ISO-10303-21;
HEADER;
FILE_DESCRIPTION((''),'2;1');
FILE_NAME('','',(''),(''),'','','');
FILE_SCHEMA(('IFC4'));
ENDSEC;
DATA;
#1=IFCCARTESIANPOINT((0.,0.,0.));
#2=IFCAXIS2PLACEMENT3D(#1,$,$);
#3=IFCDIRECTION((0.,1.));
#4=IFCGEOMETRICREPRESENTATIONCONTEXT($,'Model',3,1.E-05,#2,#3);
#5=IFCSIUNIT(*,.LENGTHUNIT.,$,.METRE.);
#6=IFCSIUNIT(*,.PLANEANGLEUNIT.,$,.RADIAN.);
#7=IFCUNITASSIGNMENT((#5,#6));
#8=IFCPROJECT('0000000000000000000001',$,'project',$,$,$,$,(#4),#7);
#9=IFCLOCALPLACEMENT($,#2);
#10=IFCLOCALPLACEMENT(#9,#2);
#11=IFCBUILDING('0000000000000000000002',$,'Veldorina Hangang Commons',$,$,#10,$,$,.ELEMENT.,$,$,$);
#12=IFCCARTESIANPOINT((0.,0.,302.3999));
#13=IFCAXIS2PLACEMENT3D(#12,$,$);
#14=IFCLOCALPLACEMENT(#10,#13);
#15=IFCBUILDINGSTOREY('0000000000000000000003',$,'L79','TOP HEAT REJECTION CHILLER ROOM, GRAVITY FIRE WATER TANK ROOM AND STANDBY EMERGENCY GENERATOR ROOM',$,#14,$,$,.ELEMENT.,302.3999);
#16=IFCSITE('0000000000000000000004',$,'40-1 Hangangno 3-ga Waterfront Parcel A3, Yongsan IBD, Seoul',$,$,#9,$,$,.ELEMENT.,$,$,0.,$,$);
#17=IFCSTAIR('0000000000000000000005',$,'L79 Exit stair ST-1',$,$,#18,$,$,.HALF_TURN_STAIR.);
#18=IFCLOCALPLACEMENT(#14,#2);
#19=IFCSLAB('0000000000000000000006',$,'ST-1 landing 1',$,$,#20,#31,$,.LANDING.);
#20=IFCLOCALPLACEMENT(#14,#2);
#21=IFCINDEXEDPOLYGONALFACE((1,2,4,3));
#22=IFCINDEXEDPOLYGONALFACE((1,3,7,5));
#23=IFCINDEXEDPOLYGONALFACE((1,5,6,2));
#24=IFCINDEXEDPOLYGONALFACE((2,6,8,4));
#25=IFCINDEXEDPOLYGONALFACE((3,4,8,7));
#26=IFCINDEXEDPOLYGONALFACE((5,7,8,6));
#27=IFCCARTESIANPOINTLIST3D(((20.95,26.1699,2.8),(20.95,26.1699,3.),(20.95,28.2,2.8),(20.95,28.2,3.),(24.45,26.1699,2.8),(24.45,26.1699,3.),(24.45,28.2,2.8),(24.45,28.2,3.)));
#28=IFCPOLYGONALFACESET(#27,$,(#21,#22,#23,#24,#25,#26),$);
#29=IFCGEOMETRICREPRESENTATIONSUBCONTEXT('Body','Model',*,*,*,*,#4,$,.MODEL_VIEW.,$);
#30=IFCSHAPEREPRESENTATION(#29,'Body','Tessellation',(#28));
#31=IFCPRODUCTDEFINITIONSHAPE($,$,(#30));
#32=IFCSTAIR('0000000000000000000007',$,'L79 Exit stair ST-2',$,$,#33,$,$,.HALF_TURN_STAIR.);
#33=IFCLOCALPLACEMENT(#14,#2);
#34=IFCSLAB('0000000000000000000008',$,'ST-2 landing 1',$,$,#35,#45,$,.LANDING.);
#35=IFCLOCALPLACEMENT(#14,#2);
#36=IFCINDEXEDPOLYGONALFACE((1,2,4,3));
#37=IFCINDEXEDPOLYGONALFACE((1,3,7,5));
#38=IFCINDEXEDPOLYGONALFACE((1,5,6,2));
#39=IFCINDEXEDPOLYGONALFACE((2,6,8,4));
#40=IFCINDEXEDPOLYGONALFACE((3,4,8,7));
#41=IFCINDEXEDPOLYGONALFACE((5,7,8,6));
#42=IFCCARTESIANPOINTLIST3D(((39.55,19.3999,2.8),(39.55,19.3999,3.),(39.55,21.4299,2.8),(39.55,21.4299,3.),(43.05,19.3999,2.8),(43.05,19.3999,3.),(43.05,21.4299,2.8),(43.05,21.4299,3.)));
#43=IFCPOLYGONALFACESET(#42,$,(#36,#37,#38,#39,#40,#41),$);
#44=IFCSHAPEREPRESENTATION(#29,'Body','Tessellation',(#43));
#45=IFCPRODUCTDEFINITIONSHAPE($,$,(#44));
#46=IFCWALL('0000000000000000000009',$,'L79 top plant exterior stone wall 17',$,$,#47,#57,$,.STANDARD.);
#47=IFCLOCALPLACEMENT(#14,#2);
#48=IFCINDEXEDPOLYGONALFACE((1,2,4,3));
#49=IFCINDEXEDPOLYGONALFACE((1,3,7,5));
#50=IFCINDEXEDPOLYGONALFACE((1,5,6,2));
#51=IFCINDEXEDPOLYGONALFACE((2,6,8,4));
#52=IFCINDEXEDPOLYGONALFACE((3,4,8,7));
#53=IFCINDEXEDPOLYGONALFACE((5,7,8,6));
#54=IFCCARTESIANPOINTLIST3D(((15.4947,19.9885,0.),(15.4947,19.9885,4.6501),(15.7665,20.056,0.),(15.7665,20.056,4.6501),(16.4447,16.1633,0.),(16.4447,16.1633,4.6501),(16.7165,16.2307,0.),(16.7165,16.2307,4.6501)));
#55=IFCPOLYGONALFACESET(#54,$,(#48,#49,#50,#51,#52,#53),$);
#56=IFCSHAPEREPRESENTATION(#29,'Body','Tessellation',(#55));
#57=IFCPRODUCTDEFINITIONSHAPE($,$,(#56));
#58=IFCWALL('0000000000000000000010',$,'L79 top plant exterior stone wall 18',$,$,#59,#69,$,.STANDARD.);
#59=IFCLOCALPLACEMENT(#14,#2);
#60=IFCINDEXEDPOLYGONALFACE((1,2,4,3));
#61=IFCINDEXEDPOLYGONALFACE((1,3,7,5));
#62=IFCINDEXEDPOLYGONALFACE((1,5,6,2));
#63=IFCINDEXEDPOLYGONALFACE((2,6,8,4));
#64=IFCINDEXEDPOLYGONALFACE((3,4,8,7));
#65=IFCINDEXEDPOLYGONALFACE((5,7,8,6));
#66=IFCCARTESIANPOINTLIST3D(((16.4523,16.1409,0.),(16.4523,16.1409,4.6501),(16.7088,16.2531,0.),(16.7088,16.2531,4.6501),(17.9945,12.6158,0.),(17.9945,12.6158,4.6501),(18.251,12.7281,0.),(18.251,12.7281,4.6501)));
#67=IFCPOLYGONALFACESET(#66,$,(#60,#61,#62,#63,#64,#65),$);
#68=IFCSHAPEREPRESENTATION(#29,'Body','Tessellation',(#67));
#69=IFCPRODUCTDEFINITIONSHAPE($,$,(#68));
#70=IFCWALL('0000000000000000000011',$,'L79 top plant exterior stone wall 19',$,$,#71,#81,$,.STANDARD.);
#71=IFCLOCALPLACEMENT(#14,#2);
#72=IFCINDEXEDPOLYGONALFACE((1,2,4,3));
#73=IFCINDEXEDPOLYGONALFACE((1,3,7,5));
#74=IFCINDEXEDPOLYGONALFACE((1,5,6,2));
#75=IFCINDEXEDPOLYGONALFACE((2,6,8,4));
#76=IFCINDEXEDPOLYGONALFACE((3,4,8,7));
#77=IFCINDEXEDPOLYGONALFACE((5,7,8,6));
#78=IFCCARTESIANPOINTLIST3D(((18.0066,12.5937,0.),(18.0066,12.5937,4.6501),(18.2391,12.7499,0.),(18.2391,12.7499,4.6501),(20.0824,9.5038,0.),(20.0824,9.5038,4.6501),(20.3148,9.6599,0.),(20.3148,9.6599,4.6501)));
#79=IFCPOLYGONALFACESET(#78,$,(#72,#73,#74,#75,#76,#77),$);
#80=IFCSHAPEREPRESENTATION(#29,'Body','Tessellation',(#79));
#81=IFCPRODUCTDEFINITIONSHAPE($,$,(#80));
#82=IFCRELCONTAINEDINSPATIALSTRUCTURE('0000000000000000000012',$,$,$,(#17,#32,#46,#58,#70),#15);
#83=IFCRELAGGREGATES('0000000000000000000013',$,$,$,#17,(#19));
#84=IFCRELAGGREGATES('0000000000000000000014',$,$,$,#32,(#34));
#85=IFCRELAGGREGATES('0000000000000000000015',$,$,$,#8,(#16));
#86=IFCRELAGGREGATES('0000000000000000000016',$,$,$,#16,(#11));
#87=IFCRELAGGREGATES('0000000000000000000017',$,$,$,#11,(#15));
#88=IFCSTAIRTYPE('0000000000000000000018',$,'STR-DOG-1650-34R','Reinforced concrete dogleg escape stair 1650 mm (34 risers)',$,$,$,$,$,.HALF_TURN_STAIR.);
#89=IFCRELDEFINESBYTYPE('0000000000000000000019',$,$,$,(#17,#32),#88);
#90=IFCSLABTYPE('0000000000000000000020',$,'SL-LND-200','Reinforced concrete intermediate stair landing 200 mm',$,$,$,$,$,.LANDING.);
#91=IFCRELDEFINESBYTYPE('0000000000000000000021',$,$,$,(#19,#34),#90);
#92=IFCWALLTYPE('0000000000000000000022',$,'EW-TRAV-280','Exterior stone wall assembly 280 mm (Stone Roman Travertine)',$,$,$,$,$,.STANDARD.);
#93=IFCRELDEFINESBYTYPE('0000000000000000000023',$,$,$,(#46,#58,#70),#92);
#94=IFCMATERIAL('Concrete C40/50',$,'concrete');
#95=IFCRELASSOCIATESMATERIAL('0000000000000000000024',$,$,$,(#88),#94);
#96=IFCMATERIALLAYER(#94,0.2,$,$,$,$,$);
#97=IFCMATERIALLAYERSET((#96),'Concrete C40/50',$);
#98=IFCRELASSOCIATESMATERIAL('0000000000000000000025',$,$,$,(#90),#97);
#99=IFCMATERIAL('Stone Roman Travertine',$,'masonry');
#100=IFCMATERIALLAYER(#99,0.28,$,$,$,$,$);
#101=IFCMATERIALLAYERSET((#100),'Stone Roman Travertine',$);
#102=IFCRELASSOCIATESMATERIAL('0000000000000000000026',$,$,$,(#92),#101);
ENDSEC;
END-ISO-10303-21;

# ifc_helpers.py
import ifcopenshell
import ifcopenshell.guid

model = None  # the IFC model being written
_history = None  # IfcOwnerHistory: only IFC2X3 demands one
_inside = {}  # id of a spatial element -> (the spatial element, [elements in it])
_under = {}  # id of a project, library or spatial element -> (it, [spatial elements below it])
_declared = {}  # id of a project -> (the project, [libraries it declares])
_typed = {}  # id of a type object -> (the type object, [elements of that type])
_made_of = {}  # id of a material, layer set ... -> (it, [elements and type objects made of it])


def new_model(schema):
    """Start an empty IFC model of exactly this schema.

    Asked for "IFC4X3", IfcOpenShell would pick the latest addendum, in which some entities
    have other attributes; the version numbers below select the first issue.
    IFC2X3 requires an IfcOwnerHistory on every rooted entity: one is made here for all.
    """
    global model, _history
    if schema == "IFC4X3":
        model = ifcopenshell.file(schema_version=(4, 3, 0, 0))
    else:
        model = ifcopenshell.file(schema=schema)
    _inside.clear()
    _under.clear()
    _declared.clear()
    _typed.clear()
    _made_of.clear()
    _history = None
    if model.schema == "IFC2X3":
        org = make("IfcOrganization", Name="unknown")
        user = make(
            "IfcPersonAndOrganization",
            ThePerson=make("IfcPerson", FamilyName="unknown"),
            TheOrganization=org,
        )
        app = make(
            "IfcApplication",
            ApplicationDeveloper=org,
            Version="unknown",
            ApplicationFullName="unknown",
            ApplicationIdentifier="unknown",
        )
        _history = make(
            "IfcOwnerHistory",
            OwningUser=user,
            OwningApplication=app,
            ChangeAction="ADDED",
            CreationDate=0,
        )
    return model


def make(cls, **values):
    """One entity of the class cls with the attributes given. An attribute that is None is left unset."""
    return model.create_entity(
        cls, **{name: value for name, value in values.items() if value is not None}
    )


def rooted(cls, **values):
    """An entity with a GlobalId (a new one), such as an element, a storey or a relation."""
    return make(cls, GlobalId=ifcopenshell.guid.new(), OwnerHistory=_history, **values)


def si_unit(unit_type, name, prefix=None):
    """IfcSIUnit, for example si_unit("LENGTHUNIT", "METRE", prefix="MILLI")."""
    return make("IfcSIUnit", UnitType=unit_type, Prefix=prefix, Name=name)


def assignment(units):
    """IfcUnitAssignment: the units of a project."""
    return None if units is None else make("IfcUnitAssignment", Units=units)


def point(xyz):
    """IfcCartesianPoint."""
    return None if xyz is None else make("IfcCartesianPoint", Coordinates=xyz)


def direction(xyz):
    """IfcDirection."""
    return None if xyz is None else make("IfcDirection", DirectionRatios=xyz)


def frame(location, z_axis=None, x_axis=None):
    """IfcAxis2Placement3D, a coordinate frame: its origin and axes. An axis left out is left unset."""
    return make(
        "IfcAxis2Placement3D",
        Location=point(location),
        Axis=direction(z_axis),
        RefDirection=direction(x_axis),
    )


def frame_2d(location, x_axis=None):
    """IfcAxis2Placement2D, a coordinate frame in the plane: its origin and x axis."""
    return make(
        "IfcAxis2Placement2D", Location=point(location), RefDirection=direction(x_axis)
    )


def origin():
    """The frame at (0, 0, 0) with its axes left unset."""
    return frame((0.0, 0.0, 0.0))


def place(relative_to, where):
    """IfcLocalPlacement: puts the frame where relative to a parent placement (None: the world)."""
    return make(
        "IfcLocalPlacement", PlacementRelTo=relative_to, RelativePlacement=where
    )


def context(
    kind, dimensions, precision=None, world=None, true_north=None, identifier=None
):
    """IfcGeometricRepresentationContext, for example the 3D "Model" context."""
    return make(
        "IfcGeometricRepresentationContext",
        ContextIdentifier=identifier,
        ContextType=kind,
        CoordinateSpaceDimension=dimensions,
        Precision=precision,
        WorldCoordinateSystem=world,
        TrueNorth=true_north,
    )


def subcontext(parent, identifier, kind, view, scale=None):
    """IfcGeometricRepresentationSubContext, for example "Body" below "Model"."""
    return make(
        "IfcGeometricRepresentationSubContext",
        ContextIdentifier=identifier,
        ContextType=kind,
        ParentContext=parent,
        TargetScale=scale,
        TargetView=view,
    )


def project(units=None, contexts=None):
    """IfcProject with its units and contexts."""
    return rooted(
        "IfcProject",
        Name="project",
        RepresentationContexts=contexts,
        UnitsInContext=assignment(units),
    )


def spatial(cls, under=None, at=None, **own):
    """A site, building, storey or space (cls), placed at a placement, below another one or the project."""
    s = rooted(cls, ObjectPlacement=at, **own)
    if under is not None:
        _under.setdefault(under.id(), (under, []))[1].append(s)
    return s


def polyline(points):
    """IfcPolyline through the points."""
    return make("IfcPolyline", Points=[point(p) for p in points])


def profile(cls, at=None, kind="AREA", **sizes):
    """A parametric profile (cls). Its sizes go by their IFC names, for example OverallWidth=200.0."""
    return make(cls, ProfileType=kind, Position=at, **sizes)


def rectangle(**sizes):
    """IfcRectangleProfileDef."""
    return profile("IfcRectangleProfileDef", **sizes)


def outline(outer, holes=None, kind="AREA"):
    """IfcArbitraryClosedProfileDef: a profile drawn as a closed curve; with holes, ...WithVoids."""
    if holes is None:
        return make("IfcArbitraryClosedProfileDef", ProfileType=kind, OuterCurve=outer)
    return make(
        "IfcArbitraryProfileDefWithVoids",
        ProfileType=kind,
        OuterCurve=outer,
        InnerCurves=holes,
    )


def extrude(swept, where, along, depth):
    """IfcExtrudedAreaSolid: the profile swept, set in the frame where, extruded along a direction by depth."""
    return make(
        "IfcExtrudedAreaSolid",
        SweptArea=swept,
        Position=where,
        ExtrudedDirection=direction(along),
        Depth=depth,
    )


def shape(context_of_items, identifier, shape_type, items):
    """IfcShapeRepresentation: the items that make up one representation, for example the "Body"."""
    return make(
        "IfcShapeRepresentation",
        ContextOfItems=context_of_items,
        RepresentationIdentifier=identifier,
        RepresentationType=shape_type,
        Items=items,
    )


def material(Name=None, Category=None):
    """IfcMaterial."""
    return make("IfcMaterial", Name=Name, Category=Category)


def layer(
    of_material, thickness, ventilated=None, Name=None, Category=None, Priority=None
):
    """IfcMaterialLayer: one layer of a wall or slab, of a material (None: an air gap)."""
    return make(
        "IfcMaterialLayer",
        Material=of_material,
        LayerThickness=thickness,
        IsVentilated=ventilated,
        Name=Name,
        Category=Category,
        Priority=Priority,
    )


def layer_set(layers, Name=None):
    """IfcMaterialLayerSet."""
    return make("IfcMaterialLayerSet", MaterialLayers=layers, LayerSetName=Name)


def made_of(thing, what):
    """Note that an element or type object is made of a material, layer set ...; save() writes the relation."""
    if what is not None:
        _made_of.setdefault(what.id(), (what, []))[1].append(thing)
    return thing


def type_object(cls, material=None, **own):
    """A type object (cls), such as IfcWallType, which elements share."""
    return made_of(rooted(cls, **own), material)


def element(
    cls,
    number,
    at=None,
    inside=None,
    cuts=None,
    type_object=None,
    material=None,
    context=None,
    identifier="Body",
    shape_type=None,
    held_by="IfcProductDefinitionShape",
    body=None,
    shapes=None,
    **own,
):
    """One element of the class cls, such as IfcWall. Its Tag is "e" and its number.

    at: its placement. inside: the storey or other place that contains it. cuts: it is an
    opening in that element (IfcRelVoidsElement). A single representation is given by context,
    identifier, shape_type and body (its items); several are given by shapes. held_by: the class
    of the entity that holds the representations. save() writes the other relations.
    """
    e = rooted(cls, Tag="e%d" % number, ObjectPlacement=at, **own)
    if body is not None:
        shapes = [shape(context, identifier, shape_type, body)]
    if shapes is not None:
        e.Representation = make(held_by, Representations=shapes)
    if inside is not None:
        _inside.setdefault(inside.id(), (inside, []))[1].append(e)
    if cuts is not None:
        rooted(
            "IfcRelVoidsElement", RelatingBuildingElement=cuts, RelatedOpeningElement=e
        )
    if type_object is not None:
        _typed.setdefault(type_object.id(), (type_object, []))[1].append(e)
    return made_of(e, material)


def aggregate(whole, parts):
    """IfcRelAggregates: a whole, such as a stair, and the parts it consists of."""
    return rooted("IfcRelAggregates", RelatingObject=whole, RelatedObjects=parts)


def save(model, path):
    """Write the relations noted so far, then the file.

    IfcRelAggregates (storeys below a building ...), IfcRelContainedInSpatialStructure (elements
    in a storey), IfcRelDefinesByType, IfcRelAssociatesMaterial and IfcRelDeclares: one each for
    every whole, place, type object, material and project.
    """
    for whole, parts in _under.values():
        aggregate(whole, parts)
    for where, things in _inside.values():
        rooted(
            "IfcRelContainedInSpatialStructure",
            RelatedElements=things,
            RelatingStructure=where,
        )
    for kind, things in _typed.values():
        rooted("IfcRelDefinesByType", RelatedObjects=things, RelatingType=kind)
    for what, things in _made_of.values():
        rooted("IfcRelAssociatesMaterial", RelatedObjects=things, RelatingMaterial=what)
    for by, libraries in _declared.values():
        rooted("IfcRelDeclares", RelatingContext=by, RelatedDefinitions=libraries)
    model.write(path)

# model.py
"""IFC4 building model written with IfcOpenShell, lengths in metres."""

from ifc_helpers import new_model, si_unit, direction, frame, frame_2d, origin, place, context, subcontext, project, spatial, polyline, rectangle, outline, extrude, material, layer, layer_set, type_object, element, aggregate, save


model = new_model("IFC4")

# Units and contexts
model_context = context("Model", 3, precision=1e-05, world=origin(), true_north=direction((0.0, 1.0)))
body_context = subcontext(model_context, "Body", "Model", "MODEL_VIEW")
ifc_project = project(units=[si_unit("LENGTHUNIT", "METRE"), si_unit("PLANEANGLEUNIT", "RADIAN")], contexts=[model_context])

# Site, building, storey
site_placement = place(None, origin())
site = spatial("IfcSite", under=ifc_project, at=site_placement, Name="40-1 Hangangno 3-ga Waterfront Parcel A3, Yongsan IBD, Seoul", CompositionType="ELEMENT", RefElevation=0.0)
building_placement = place(site_placement, origin())
building = spatial("IfcBuilding", under=site, at=building_placement, Name="Veldorina Hangang Commons", CompositionType="ELEMENT")
storey_placement = place(building_placement, frame((0.0, 0.0, 302.3999)))
storey = spatial("IfcBuildingStorey", under=building, at=storey_placement, Name="L79", Description="TOP HEAT REJECTION CHILLER ROOM, GRAVITY FIRE WATER TANK ROOM AND STANDBY EMERGENCY GENERATOR ROOM", CompositionType="ELEMENT", Elevation=302.3999)

# Stairs, slabs
ifc_material_1 = material(Name="Concrete C40/50", Category="concrete")
stair_type = type_object("IfcStairType", Name="STR-DOG-1650-34R", Description="Reinforced concrete dogleg escape stair 1650 mm (34 risers)", PredefinedType="HALF_TURN_STAIR", material=ifc_material_1)
stair_1_placement = place(storey_placement, origin())
stair_1 = element("IfcStair", 1, at=stair_1_placement, inside=storey, type_object=stair_type, Name="L79 Exit stair ST-1", PredefinedType="HALF_TURN_STAIR")
ifc_layer_1 = layer(ifc_material_1, 0.2)
ifc_layer_set_1 = layer_set([ifc_layer_1], Name="Concrete C40/50")
slab_type_1 = type_object("IfcSlabType", Name="SL-LND-200", Description="Reinforced concrete intermediate stair landing 200 mm", PredefinedType="LANDING", material=ifc_layer_set_1)
slab_1_placement = place(storey_placement, frame((0.0, 0.0, 2.8)))
slab_1 = element("IfcSlab", 2, at=slab_1_placement, type_object=slab_type_1, Name="ST-1 landing 1", PredefinedType="LANDING", context=body_context, shape_type="SweptSolid", body=[
    extrude(outline(polyline([(24.45, 26.1699), (24.45, 28.2), (20.95, 28.2), (20.95, 26.1699), (24.45, 26.1699)])), origin(), (0.0, 0.0, 1.0), 0.2),
])
aggregate(stair_1, [slab_1])
stair_2_placement = place(storey_placement, origin())
stair_2 = element("IfcStair", 3, at=stair_2_placement, inside=storey, type_object=stair_type, Name="L79 Exit stair ST-2", PredefinedType="HALF_TURN_STAIR")
slab_2_placement = place(storey_placement, frame((0.0, 0.0, 2.8)))
slab_2 = element("IfcSlab", 4, at=slab_2_placement, type_object=slab_type_1, Name="ST-2 landing 1", PredefinedType="LANDING", context=body_context, shape_type="SweptSolid", body=[
    extrude(outline(polyline([(39.55, 21.4299), (39.55, 19.3999), (43.05, 19.3999), (43.05, 21.4299), (39.55, 21.4299)])), origin(), (0.0, 0.0, 1.0), 0.2),
])
aggregate(stair_2, [slab_2])

# Walls
ifc_material_2 = material(Name="Stone Roman Travertine", Category="masonry")
ifc_layer_2 = layer(ifc_material_2, 0.28)
ifc_layer_set_2 = layer_set([ifc_layer_2], Name="Stone Roman Travertine")
wall_type = type_object("IfcWallType", Name="EW-TRAV-280", Description="Exterior stone wall assembly 280 mm (Stone Roman Travertine)", PredefinedType="STANDARD", material=ifc_layer_set_2)
wall_1_placement = place(storey_placement, frame((15.6306, 20.0222, 0.0), z_axis=(0.0, 0.0, 1.0), x_axis=(0.24102, -0.97052, 0.0)))
element("IfcWall", 5, at=wall_1_placement, inside=storey, type_object=wall_type, Name="L79 top plant exterior stone wall 17", PredefinedType="STANDARD", context=body_context, shape_type="SweptSolid", body=[
    extrude(rectangle(XDim=3.9414, YDim=0.28, at=frame_2d((1.9707, 0.0))), origin(), (0.0, 0.0, 1.0), 4.6501),
])
wall_2_placement = place(storey_placement, frame((16.5806, 16.197, 0.0), z_axis=(0.0, 0.0, 1.0), x_axis=(0.400816, -0.916159, 0.0)))
element("IfcWall", 6, at=wall_2_placement, inside=storey, type_object=wall_type, Name="L79 top plant exterior stone wall 18", PredefinedType="STANDARD", context=body_context, shape_type="SweptSolid", body=[
    extrude(rectangle(XDim=3.8477, YDim=0.28, at=frame_2d((1.9238, 0.0))), origin(), (0.0, 0.0, 1.0), 4.6501),
])
wall_3_placement = place(storey_placement, frame((18.1228, 12.6719, 0.0), z_axis=(0.0, 0.0, 1.0), x_axis=(0.557633, -0.830088, 0.0)))
element("IfcWall", 7, at=wall_3_placement, inside=storey, type_object=wall_type, Name="L79 top plant exterior stone wall 19", PredefinedType="STANDARD", context=body_context, shape_type="SweptSolid", body=[
    extrude(rectangle(XDim=3.7224, YDim=0.28, at=frame_2d((1.8613, 0.0))), origin(), (0.0, 0.0, 1.0), 4.6501),
])

save(model, "model.ifc")
